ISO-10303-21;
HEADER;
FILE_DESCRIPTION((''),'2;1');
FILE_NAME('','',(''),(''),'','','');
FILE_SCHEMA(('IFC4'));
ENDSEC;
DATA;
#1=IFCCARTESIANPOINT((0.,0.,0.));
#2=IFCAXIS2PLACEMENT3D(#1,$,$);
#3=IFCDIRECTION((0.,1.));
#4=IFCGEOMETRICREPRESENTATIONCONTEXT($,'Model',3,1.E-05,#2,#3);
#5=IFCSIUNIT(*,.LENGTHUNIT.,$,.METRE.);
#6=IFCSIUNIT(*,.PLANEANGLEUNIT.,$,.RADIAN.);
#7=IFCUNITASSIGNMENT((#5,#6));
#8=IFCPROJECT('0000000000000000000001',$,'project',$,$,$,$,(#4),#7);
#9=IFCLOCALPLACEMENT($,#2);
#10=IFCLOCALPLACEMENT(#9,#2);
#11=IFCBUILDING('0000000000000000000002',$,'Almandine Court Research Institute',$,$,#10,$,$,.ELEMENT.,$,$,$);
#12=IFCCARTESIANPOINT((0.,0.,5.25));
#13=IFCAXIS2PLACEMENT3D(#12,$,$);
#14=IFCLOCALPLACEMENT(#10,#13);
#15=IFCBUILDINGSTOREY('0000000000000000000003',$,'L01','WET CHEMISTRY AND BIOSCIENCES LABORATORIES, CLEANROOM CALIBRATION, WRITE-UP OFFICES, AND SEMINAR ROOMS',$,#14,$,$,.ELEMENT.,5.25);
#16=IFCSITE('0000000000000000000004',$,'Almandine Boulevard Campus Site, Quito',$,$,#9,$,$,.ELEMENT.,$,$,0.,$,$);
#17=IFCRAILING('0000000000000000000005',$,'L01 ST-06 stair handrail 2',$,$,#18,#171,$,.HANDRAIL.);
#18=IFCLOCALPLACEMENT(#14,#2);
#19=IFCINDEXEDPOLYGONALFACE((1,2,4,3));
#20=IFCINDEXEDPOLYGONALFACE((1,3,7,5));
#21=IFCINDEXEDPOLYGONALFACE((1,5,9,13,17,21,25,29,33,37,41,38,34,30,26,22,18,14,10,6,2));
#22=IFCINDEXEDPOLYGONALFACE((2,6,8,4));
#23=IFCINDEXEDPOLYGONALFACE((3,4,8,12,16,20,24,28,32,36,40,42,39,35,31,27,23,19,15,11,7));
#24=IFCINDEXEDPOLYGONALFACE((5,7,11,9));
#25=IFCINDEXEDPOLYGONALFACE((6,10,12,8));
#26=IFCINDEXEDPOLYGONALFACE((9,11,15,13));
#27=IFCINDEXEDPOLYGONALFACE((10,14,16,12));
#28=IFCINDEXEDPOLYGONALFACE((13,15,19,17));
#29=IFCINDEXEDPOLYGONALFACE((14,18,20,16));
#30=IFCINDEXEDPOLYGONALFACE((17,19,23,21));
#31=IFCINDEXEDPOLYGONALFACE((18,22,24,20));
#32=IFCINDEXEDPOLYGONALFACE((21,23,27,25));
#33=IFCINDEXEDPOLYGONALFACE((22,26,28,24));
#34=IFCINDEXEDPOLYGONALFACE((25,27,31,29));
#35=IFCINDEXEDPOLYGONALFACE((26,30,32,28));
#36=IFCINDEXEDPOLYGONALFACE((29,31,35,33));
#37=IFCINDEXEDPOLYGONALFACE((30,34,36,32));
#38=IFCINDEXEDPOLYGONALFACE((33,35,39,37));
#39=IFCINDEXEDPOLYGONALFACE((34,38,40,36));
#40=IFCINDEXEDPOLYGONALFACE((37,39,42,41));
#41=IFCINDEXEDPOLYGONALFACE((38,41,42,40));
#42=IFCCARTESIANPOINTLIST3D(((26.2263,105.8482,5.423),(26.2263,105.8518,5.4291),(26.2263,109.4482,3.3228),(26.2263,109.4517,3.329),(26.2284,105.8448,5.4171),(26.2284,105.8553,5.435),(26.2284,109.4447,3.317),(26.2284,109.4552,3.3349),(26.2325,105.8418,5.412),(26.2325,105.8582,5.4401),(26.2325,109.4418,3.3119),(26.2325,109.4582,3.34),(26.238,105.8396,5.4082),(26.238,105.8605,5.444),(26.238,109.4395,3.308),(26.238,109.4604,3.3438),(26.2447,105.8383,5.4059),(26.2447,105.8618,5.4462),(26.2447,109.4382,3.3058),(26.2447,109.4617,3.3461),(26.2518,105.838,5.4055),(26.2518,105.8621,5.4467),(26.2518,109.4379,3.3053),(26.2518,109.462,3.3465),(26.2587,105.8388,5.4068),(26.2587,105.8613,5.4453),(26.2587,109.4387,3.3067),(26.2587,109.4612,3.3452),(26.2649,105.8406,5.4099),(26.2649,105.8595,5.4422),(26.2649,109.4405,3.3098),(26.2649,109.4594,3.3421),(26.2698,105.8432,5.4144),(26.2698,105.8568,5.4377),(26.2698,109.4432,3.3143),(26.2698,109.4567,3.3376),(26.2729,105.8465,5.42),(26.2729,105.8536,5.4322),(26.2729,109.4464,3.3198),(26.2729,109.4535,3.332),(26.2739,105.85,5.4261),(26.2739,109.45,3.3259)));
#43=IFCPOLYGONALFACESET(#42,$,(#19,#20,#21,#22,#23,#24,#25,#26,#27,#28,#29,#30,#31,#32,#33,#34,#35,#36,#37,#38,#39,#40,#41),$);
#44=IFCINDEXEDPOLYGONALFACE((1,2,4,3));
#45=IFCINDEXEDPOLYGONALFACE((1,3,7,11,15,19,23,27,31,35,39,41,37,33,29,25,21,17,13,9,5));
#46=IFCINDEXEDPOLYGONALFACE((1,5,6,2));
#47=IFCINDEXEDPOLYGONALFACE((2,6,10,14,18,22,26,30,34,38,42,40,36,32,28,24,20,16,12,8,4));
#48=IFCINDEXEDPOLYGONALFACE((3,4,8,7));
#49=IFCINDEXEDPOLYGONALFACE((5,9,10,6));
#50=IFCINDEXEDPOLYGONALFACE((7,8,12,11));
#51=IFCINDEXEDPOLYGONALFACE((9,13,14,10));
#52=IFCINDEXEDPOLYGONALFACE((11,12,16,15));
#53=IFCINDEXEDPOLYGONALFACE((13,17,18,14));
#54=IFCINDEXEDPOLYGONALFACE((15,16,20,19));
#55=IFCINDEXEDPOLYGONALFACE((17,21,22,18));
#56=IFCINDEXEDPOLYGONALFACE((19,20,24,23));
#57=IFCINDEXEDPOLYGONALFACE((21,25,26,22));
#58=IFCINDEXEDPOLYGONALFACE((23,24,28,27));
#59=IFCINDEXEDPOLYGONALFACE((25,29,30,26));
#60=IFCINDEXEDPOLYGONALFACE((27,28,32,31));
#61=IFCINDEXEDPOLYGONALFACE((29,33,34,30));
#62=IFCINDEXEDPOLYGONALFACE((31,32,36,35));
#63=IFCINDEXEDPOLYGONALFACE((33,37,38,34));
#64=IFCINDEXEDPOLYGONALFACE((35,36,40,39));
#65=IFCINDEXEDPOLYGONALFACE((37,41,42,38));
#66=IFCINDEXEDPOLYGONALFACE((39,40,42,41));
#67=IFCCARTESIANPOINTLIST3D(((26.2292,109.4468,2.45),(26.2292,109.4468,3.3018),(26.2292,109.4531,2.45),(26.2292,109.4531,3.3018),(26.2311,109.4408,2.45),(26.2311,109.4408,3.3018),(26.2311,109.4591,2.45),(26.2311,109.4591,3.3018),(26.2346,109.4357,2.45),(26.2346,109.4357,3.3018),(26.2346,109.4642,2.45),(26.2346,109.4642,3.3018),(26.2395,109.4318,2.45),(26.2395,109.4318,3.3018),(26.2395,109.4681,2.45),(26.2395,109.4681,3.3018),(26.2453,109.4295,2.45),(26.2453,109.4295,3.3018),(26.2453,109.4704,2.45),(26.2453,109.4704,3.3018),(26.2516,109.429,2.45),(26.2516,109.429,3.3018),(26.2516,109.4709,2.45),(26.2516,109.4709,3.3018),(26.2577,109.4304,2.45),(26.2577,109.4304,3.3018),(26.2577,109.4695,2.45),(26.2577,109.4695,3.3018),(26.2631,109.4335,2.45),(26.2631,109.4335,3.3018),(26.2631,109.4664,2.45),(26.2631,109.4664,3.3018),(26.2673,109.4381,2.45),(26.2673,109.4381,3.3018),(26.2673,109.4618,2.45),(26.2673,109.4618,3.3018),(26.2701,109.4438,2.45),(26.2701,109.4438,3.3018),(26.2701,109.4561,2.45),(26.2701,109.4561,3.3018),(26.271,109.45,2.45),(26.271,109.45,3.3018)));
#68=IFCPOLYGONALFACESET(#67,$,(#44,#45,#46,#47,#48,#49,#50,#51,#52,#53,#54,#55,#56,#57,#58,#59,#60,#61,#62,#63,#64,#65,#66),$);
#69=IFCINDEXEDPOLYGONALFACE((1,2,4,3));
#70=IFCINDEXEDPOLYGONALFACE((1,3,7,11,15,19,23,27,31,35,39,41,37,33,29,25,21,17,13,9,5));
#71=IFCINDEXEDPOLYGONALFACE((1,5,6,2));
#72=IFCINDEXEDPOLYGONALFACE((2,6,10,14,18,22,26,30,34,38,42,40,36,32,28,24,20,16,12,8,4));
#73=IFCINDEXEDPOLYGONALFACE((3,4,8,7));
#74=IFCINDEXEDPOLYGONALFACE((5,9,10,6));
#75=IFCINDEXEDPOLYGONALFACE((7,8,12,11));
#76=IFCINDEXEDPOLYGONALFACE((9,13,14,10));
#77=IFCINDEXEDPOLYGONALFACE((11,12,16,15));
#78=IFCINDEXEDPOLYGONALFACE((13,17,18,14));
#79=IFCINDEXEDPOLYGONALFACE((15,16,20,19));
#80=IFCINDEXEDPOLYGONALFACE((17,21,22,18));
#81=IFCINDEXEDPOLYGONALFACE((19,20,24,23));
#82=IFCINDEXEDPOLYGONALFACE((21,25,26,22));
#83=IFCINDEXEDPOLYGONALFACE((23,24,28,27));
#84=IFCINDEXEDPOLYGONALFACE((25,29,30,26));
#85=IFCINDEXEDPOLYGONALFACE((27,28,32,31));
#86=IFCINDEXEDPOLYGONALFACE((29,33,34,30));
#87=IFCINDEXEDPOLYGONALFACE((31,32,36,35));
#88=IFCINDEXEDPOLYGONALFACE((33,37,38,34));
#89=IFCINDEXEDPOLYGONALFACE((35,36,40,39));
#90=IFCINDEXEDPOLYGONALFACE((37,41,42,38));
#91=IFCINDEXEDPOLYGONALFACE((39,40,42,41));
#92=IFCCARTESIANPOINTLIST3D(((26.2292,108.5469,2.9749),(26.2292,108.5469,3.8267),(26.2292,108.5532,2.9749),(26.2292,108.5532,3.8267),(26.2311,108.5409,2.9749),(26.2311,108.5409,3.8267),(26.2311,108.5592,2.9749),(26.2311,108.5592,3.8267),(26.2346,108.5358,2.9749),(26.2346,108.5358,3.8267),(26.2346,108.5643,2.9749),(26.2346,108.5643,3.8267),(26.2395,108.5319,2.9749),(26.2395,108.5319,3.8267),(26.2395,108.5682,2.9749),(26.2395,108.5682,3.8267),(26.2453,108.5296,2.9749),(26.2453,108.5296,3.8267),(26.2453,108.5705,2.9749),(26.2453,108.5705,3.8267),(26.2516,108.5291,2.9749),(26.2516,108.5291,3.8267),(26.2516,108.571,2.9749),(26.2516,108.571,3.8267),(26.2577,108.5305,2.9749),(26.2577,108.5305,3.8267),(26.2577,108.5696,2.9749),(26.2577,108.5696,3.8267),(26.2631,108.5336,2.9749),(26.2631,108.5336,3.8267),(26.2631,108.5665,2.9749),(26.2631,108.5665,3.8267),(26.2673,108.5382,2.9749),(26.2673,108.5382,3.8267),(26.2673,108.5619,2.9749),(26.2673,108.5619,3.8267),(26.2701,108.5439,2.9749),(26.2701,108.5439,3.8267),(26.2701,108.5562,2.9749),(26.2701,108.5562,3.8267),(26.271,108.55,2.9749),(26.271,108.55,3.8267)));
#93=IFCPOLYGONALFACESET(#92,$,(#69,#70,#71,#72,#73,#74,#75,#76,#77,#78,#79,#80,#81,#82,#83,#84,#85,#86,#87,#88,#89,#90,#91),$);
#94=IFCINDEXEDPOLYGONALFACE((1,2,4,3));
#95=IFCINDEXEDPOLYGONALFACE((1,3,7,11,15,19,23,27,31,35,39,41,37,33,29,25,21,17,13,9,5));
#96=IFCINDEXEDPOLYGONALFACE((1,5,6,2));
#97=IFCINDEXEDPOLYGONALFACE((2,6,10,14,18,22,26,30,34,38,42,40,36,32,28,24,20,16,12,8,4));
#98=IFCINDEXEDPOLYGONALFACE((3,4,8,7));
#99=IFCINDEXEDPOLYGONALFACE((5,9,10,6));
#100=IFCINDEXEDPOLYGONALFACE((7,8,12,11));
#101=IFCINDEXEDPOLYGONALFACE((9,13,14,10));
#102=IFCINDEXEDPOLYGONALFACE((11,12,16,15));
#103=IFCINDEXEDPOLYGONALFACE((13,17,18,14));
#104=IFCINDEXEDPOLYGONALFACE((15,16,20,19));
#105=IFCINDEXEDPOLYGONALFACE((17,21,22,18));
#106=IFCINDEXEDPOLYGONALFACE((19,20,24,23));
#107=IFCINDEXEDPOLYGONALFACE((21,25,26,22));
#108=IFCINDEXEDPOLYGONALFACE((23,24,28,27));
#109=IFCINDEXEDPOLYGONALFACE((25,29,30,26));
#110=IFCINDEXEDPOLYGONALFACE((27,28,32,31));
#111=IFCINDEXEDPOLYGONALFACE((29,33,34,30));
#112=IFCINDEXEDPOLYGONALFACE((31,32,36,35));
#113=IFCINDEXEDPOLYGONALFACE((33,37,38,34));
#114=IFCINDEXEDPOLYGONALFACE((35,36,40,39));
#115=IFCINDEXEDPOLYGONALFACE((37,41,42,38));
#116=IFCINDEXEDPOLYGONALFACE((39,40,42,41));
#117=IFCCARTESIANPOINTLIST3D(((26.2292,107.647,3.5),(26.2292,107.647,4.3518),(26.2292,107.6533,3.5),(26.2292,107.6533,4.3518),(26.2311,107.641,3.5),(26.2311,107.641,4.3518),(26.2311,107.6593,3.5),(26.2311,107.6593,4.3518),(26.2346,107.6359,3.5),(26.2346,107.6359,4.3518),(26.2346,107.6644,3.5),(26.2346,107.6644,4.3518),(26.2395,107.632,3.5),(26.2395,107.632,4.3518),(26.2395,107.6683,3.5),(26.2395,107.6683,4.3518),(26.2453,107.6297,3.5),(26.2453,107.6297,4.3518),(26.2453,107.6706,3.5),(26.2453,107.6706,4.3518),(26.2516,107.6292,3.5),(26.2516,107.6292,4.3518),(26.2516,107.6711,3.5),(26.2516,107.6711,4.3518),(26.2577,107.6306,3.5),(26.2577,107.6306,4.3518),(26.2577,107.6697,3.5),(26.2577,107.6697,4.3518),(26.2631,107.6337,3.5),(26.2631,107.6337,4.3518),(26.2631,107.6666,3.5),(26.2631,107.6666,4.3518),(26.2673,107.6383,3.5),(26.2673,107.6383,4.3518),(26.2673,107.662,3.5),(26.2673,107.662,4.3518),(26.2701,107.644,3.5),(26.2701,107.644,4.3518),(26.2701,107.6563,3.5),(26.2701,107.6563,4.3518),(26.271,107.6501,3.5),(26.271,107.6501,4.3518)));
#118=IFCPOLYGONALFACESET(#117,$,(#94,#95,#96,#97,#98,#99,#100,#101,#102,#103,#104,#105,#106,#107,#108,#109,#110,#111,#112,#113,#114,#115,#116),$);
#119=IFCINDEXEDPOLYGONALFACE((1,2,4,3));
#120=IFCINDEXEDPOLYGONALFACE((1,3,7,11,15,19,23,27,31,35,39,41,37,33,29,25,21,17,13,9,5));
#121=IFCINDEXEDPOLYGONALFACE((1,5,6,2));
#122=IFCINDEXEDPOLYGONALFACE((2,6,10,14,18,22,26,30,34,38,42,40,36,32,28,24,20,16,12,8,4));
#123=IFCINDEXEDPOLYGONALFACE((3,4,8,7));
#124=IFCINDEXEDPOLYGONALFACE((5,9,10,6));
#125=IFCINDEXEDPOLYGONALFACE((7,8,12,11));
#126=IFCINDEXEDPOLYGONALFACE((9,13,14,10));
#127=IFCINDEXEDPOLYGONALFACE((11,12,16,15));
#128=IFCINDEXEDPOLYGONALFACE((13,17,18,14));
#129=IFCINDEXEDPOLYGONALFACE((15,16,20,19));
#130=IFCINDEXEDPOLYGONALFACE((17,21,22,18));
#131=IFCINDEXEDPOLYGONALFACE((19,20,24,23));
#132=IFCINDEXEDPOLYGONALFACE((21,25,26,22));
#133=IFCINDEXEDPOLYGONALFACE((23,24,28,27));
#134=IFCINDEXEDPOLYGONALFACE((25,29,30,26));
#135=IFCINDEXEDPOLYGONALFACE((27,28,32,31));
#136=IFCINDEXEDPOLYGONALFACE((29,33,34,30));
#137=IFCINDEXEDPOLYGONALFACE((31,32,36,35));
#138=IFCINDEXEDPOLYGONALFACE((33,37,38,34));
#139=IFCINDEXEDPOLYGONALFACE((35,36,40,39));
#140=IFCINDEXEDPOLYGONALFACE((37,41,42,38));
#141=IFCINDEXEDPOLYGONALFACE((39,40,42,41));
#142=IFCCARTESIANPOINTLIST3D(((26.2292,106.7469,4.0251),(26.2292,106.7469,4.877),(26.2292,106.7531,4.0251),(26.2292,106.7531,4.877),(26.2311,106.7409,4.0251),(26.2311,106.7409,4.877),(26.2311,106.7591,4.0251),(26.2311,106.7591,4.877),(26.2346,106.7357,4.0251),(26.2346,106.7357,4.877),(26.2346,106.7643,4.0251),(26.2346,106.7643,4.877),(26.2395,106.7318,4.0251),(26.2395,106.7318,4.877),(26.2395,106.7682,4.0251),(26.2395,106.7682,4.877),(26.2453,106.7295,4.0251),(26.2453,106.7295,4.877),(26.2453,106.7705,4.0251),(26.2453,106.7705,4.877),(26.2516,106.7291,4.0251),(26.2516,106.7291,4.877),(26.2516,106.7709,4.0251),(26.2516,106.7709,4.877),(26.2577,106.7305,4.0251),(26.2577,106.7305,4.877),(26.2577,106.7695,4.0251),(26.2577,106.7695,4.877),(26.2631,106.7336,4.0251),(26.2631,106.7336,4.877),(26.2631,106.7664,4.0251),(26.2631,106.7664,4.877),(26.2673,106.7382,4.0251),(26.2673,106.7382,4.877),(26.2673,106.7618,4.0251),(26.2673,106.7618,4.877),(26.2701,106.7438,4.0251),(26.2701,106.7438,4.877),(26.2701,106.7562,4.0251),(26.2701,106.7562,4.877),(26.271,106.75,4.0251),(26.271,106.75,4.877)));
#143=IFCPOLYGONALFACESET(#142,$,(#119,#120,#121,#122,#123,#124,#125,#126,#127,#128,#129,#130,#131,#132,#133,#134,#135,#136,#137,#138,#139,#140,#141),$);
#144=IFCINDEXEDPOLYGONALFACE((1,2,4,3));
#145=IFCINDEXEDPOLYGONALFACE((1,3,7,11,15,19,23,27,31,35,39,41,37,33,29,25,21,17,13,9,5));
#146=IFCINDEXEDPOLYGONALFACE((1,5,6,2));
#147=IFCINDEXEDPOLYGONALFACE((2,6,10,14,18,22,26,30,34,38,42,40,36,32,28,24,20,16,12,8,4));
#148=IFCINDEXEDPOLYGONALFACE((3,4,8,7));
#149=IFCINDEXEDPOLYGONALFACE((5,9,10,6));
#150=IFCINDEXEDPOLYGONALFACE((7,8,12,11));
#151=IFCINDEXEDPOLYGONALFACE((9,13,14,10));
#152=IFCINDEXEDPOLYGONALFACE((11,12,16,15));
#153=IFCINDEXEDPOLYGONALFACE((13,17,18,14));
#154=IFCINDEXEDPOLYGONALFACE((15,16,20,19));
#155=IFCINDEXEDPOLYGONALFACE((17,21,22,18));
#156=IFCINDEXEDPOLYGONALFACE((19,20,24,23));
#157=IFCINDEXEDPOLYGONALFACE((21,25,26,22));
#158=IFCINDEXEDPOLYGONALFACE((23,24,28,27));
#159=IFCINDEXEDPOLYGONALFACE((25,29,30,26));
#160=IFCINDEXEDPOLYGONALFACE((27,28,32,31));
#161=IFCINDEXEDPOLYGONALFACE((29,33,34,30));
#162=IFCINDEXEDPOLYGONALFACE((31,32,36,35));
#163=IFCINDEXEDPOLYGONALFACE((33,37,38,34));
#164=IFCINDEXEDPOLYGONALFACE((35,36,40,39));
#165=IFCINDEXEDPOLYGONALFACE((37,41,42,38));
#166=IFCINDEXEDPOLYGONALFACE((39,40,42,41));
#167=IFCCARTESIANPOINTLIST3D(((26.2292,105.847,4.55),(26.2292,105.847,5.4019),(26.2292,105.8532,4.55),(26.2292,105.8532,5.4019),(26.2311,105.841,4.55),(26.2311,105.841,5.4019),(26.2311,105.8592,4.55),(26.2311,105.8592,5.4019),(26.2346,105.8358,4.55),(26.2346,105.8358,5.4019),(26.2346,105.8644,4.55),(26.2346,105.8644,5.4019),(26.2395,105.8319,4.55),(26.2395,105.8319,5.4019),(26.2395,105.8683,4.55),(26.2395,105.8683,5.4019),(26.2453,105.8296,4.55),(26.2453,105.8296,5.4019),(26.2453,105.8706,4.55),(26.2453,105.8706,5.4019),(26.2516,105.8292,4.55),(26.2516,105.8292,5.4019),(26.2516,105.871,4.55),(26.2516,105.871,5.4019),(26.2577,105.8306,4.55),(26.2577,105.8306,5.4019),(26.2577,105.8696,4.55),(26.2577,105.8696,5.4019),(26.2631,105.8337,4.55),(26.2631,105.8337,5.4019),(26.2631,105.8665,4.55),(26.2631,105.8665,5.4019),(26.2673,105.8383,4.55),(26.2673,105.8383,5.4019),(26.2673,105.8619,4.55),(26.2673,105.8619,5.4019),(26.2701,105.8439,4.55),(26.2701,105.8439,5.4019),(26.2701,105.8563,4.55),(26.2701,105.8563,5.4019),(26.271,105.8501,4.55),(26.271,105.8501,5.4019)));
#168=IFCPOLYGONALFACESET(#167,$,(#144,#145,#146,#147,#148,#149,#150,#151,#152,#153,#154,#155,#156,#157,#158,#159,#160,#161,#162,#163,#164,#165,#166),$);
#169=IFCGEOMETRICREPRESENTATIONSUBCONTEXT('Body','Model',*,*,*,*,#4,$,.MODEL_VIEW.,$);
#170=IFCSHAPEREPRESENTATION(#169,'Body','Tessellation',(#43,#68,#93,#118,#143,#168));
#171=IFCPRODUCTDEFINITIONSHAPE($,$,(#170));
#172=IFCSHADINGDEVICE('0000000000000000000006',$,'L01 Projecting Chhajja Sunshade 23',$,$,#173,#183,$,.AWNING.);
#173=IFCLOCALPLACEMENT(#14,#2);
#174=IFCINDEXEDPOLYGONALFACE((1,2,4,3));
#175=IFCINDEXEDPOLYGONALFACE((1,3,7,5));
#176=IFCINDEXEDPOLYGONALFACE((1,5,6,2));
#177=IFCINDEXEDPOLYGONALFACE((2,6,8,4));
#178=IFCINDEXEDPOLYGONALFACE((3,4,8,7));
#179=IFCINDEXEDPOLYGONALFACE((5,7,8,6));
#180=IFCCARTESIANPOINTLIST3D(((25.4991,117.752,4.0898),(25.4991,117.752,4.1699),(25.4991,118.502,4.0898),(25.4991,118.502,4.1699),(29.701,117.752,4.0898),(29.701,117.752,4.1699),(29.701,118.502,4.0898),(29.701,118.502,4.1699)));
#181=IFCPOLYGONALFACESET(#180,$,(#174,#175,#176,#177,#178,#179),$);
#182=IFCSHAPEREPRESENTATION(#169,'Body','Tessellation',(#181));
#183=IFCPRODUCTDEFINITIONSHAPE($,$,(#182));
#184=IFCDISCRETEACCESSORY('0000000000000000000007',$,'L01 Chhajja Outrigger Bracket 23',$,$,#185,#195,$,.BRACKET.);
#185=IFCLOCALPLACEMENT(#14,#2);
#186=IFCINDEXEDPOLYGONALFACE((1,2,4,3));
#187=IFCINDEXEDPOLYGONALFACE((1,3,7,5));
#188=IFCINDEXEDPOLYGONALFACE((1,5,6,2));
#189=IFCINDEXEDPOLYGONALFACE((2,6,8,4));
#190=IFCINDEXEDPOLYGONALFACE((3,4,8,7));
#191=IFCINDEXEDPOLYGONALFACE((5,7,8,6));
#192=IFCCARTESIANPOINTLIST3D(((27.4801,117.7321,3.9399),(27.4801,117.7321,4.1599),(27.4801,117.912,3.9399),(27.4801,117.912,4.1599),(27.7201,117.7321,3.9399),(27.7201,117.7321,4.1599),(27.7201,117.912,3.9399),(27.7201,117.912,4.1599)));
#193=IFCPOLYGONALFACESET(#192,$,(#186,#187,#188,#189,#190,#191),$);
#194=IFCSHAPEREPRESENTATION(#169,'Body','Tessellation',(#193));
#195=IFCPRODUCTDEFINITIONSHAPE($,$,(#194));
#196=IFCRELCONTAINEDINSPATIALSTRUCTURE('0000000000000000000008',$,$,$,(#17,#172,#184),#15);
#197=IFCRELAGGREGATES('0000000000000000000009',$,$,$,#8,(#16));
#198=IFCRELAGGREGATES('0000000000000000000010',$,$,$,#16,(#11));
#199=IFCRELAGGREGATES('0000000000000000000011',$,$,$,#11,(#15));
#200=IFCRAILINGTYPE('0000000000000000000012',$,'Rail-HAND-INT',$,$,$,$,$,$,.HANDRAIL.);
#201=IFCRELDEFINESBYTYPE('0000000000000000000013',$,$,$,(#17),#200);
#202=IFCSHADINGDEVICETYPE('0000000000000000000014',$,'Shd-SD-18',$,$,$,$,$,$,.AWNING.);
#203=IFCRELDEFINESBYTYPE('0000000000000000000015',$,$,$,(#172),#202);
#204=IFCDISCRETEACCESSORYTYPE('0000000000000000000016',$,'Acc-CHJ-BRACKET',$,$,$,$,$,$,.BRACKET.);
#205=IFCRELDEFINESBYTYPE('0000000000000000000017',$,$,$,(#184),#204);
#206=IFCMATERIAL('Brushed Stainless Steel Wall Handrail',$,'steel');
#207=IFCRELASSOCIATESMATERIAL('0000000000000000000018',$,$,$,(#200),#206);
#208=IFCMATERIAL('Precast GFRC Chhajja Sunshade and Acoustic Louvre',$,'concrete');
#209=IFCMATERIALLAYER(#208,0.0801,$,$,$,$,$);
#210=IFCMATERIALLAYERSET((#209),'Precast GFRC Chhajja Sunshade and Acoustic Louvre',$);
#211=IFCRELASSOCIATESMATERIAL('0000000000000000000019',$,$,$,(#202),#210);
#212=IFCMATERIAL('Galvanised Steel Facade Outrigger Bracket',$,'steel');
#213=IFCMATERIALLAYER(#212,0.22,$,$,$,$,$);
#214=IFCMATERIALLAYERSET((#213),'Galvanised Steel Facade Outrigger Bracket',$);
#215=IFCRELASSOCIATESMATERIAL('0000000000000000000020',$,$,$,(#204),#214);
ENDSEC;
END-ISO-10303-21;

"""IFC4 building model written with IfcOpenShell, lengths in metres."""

from ifc_helpers import new_model, si_unit, direction, frame, origin, origin_2d, place, context, subcontext, project, spatial, rectangle, circle, extrude, material, layer, layer_set, type_object, element, save


model = new_model("IFC4")

# Units and contexts
model_context = context("Model", 3, precision=1e-05, world=origin(), true_north=direction((0.0, 1.0)))
body_context = subcontext(model_context, "Body", "Model", "MODEL_VIEW")
ifc_project = project(units=[si_unit("LENGTHUNIT", "METRE"), si_unit("PLANEANGLEUNIT", "RADIAN")], contexts=[model_context])

# Site, building, storey
site_placement = place(None, origin())
site = spatial("IfcSite", under=ifc_project, at=site_placement, Name="Almandine Boulevard Campus Site, Quito", CompositionType="ELEMENT", RefElevation=0.0)
building_placement = place(site_placement, origin())
building = spatial("IfcBuilding", under=site, at=building_placement, Name="Almandine Court Research Institute", CompositionType="ELEMENT")
storey_placement = place(building_placement, frame((0.0, 0.0, 5.25)))
storey = spatial("IfcBuildingStorey", under=building, at=storey_placement, Name="L01", Description="WET CHEMISTRY AND BIOSCIENCES LABORATORIES, CLEANROOM CALIBRATION, WRITE-UP OFFICES, AND SEMINAR ROOMS", CompositionType="ELEMENT", Elevation=5.25)

# Railing
ifc_material_1 = material(Name="Brushed Stainless Steel Wall Handrail", Category="steel")
railing_type_1 = type_object("IfcRailingType", Name="Rail-HAND-INT", PredefinedType="HANDRAIL", material=ifc_material_1)
railing_1_placement = place(storey_placement, frame((26.25, 109.45, 2.45)))
element("IfcRailing", 1, at=railing_1_placement, inside=storey, type_object=railing_type_1, Name="L01 ST-06 stair handrail 2", PredefinedType="HANDRAIL", context=body_context, shape_type="SweptSolid", body=[
    extrude(circle(Radius=0.0239, at=origin_2d()), frame((0.0, 0.0, 0.876), z_axis=(0.0, -0.86376, 0.503904), x_axis=(1.0, 0.0, 0.0)), (0.0, 0.0, 1.0), 4.1677),
    extrude(circle(Radius=0.021, at=origin_2d()), origin(), (0.0, 0.0, 1.0), 0.8518),
    extrude(circle(Radius=0.021, at=origin_2d()), frame((0.0, -0.8999, 0.5249)), (0.0, 0.0, 1.0), 0.8518),
    extrude(circle(Radius=0.021, at=origin_2d()), frame((0.0, -1.7998, 1.05)), (0.0, 0.0, 1.0), 0.8518),
    extrude(circle(Radius=0.021, at=origin_2d()), frame((0.0, -2.7, 1.5752)), (0.0, 0.0, 1.0), 0.8518),
    extrude(circle(Radius=0.021, at=origin_2d()), frame((0.0, -3.5999, 2.1001)), (0.0, 0.0, 1.0), 0.8518),
])

# Shading device
ifc_material_2 = material(Name="Precast GFRC Chhajja Sunshade and Acoustic Louvre", Category="concrete")
ifc_layer_1 = layer(ifc_material_2, 0.0801)
ifc_layer_set_1 = layer_set([ifc_layer_1], Name="Precast GFRC Chhajja Sunshade and Acoustic Louvre")
shading_device_type = type_object("IfcShadingDeviceType", Name="Shd-SD-18", PredefinedType="AWNING", material=ifc_layer_set_1)
shading_device_placement = place(storey_placement, frame((27.6001, 118.127, 4.0898), z_axis=(0.0, 0.0, 1.0), x_axis=(1.0, 0.0, 0.0)))
element("IfcShadingDevice", 2, at=shading_device_placement, inside=storey, type_object=shading_device_type, Name="L01 Projecting Chhajja Sunshade 23", PredefinedType="AWNING", context=body_context, shape_type="SweptSolid", body=[
    extrude(rectangle(XDim=4.2019, YDim=0.75, at=origin_2d()), origin(), (0.0, 0.0, 1.0), 0.0801),
])

# Discrete accessory
ifc_material_3 = material(Name="Galvanised Steel Facade Outrigger Bracket", Category="steel")
ifc_layer_2 = layer(ifc_material_3, 0.22)
ifc_layer_set_2 = layer_set([ifc_layer_2], Name="Galvanised Steel Facade Outrigger Bracket")
discrete_accessory_type = type_object("IfcDiscreteAccessoryType", Name="Acc-CHJ-BRACKET", PredefinedType="BRACKET", material=ifc_layer_set_2)
discrete_accessory_placement = place(storey_placement, frame((27.6001, 117.822, 3.9399), z_axis=(0.0, 0.0, 1.0), x_axis=(1.0, 0.0, 0.0)))
element("IfcDiscreteAccessory", 3, at=discrete_accessory_placement, inside=storey, type_object=discrete_accessory_type, Name="L01 Chhajja Outrigger Bracket 23", PredefinedType="BRACKET", context=body_context, shape_type="SweptSolid", body=[
    extrude(rectangle(XDim=0.24, YDim=0.1799, at=origin_2d()), origin(), (0.0, 0.0, 1.0), 0.22),
])

save(model, "model.ifc")
